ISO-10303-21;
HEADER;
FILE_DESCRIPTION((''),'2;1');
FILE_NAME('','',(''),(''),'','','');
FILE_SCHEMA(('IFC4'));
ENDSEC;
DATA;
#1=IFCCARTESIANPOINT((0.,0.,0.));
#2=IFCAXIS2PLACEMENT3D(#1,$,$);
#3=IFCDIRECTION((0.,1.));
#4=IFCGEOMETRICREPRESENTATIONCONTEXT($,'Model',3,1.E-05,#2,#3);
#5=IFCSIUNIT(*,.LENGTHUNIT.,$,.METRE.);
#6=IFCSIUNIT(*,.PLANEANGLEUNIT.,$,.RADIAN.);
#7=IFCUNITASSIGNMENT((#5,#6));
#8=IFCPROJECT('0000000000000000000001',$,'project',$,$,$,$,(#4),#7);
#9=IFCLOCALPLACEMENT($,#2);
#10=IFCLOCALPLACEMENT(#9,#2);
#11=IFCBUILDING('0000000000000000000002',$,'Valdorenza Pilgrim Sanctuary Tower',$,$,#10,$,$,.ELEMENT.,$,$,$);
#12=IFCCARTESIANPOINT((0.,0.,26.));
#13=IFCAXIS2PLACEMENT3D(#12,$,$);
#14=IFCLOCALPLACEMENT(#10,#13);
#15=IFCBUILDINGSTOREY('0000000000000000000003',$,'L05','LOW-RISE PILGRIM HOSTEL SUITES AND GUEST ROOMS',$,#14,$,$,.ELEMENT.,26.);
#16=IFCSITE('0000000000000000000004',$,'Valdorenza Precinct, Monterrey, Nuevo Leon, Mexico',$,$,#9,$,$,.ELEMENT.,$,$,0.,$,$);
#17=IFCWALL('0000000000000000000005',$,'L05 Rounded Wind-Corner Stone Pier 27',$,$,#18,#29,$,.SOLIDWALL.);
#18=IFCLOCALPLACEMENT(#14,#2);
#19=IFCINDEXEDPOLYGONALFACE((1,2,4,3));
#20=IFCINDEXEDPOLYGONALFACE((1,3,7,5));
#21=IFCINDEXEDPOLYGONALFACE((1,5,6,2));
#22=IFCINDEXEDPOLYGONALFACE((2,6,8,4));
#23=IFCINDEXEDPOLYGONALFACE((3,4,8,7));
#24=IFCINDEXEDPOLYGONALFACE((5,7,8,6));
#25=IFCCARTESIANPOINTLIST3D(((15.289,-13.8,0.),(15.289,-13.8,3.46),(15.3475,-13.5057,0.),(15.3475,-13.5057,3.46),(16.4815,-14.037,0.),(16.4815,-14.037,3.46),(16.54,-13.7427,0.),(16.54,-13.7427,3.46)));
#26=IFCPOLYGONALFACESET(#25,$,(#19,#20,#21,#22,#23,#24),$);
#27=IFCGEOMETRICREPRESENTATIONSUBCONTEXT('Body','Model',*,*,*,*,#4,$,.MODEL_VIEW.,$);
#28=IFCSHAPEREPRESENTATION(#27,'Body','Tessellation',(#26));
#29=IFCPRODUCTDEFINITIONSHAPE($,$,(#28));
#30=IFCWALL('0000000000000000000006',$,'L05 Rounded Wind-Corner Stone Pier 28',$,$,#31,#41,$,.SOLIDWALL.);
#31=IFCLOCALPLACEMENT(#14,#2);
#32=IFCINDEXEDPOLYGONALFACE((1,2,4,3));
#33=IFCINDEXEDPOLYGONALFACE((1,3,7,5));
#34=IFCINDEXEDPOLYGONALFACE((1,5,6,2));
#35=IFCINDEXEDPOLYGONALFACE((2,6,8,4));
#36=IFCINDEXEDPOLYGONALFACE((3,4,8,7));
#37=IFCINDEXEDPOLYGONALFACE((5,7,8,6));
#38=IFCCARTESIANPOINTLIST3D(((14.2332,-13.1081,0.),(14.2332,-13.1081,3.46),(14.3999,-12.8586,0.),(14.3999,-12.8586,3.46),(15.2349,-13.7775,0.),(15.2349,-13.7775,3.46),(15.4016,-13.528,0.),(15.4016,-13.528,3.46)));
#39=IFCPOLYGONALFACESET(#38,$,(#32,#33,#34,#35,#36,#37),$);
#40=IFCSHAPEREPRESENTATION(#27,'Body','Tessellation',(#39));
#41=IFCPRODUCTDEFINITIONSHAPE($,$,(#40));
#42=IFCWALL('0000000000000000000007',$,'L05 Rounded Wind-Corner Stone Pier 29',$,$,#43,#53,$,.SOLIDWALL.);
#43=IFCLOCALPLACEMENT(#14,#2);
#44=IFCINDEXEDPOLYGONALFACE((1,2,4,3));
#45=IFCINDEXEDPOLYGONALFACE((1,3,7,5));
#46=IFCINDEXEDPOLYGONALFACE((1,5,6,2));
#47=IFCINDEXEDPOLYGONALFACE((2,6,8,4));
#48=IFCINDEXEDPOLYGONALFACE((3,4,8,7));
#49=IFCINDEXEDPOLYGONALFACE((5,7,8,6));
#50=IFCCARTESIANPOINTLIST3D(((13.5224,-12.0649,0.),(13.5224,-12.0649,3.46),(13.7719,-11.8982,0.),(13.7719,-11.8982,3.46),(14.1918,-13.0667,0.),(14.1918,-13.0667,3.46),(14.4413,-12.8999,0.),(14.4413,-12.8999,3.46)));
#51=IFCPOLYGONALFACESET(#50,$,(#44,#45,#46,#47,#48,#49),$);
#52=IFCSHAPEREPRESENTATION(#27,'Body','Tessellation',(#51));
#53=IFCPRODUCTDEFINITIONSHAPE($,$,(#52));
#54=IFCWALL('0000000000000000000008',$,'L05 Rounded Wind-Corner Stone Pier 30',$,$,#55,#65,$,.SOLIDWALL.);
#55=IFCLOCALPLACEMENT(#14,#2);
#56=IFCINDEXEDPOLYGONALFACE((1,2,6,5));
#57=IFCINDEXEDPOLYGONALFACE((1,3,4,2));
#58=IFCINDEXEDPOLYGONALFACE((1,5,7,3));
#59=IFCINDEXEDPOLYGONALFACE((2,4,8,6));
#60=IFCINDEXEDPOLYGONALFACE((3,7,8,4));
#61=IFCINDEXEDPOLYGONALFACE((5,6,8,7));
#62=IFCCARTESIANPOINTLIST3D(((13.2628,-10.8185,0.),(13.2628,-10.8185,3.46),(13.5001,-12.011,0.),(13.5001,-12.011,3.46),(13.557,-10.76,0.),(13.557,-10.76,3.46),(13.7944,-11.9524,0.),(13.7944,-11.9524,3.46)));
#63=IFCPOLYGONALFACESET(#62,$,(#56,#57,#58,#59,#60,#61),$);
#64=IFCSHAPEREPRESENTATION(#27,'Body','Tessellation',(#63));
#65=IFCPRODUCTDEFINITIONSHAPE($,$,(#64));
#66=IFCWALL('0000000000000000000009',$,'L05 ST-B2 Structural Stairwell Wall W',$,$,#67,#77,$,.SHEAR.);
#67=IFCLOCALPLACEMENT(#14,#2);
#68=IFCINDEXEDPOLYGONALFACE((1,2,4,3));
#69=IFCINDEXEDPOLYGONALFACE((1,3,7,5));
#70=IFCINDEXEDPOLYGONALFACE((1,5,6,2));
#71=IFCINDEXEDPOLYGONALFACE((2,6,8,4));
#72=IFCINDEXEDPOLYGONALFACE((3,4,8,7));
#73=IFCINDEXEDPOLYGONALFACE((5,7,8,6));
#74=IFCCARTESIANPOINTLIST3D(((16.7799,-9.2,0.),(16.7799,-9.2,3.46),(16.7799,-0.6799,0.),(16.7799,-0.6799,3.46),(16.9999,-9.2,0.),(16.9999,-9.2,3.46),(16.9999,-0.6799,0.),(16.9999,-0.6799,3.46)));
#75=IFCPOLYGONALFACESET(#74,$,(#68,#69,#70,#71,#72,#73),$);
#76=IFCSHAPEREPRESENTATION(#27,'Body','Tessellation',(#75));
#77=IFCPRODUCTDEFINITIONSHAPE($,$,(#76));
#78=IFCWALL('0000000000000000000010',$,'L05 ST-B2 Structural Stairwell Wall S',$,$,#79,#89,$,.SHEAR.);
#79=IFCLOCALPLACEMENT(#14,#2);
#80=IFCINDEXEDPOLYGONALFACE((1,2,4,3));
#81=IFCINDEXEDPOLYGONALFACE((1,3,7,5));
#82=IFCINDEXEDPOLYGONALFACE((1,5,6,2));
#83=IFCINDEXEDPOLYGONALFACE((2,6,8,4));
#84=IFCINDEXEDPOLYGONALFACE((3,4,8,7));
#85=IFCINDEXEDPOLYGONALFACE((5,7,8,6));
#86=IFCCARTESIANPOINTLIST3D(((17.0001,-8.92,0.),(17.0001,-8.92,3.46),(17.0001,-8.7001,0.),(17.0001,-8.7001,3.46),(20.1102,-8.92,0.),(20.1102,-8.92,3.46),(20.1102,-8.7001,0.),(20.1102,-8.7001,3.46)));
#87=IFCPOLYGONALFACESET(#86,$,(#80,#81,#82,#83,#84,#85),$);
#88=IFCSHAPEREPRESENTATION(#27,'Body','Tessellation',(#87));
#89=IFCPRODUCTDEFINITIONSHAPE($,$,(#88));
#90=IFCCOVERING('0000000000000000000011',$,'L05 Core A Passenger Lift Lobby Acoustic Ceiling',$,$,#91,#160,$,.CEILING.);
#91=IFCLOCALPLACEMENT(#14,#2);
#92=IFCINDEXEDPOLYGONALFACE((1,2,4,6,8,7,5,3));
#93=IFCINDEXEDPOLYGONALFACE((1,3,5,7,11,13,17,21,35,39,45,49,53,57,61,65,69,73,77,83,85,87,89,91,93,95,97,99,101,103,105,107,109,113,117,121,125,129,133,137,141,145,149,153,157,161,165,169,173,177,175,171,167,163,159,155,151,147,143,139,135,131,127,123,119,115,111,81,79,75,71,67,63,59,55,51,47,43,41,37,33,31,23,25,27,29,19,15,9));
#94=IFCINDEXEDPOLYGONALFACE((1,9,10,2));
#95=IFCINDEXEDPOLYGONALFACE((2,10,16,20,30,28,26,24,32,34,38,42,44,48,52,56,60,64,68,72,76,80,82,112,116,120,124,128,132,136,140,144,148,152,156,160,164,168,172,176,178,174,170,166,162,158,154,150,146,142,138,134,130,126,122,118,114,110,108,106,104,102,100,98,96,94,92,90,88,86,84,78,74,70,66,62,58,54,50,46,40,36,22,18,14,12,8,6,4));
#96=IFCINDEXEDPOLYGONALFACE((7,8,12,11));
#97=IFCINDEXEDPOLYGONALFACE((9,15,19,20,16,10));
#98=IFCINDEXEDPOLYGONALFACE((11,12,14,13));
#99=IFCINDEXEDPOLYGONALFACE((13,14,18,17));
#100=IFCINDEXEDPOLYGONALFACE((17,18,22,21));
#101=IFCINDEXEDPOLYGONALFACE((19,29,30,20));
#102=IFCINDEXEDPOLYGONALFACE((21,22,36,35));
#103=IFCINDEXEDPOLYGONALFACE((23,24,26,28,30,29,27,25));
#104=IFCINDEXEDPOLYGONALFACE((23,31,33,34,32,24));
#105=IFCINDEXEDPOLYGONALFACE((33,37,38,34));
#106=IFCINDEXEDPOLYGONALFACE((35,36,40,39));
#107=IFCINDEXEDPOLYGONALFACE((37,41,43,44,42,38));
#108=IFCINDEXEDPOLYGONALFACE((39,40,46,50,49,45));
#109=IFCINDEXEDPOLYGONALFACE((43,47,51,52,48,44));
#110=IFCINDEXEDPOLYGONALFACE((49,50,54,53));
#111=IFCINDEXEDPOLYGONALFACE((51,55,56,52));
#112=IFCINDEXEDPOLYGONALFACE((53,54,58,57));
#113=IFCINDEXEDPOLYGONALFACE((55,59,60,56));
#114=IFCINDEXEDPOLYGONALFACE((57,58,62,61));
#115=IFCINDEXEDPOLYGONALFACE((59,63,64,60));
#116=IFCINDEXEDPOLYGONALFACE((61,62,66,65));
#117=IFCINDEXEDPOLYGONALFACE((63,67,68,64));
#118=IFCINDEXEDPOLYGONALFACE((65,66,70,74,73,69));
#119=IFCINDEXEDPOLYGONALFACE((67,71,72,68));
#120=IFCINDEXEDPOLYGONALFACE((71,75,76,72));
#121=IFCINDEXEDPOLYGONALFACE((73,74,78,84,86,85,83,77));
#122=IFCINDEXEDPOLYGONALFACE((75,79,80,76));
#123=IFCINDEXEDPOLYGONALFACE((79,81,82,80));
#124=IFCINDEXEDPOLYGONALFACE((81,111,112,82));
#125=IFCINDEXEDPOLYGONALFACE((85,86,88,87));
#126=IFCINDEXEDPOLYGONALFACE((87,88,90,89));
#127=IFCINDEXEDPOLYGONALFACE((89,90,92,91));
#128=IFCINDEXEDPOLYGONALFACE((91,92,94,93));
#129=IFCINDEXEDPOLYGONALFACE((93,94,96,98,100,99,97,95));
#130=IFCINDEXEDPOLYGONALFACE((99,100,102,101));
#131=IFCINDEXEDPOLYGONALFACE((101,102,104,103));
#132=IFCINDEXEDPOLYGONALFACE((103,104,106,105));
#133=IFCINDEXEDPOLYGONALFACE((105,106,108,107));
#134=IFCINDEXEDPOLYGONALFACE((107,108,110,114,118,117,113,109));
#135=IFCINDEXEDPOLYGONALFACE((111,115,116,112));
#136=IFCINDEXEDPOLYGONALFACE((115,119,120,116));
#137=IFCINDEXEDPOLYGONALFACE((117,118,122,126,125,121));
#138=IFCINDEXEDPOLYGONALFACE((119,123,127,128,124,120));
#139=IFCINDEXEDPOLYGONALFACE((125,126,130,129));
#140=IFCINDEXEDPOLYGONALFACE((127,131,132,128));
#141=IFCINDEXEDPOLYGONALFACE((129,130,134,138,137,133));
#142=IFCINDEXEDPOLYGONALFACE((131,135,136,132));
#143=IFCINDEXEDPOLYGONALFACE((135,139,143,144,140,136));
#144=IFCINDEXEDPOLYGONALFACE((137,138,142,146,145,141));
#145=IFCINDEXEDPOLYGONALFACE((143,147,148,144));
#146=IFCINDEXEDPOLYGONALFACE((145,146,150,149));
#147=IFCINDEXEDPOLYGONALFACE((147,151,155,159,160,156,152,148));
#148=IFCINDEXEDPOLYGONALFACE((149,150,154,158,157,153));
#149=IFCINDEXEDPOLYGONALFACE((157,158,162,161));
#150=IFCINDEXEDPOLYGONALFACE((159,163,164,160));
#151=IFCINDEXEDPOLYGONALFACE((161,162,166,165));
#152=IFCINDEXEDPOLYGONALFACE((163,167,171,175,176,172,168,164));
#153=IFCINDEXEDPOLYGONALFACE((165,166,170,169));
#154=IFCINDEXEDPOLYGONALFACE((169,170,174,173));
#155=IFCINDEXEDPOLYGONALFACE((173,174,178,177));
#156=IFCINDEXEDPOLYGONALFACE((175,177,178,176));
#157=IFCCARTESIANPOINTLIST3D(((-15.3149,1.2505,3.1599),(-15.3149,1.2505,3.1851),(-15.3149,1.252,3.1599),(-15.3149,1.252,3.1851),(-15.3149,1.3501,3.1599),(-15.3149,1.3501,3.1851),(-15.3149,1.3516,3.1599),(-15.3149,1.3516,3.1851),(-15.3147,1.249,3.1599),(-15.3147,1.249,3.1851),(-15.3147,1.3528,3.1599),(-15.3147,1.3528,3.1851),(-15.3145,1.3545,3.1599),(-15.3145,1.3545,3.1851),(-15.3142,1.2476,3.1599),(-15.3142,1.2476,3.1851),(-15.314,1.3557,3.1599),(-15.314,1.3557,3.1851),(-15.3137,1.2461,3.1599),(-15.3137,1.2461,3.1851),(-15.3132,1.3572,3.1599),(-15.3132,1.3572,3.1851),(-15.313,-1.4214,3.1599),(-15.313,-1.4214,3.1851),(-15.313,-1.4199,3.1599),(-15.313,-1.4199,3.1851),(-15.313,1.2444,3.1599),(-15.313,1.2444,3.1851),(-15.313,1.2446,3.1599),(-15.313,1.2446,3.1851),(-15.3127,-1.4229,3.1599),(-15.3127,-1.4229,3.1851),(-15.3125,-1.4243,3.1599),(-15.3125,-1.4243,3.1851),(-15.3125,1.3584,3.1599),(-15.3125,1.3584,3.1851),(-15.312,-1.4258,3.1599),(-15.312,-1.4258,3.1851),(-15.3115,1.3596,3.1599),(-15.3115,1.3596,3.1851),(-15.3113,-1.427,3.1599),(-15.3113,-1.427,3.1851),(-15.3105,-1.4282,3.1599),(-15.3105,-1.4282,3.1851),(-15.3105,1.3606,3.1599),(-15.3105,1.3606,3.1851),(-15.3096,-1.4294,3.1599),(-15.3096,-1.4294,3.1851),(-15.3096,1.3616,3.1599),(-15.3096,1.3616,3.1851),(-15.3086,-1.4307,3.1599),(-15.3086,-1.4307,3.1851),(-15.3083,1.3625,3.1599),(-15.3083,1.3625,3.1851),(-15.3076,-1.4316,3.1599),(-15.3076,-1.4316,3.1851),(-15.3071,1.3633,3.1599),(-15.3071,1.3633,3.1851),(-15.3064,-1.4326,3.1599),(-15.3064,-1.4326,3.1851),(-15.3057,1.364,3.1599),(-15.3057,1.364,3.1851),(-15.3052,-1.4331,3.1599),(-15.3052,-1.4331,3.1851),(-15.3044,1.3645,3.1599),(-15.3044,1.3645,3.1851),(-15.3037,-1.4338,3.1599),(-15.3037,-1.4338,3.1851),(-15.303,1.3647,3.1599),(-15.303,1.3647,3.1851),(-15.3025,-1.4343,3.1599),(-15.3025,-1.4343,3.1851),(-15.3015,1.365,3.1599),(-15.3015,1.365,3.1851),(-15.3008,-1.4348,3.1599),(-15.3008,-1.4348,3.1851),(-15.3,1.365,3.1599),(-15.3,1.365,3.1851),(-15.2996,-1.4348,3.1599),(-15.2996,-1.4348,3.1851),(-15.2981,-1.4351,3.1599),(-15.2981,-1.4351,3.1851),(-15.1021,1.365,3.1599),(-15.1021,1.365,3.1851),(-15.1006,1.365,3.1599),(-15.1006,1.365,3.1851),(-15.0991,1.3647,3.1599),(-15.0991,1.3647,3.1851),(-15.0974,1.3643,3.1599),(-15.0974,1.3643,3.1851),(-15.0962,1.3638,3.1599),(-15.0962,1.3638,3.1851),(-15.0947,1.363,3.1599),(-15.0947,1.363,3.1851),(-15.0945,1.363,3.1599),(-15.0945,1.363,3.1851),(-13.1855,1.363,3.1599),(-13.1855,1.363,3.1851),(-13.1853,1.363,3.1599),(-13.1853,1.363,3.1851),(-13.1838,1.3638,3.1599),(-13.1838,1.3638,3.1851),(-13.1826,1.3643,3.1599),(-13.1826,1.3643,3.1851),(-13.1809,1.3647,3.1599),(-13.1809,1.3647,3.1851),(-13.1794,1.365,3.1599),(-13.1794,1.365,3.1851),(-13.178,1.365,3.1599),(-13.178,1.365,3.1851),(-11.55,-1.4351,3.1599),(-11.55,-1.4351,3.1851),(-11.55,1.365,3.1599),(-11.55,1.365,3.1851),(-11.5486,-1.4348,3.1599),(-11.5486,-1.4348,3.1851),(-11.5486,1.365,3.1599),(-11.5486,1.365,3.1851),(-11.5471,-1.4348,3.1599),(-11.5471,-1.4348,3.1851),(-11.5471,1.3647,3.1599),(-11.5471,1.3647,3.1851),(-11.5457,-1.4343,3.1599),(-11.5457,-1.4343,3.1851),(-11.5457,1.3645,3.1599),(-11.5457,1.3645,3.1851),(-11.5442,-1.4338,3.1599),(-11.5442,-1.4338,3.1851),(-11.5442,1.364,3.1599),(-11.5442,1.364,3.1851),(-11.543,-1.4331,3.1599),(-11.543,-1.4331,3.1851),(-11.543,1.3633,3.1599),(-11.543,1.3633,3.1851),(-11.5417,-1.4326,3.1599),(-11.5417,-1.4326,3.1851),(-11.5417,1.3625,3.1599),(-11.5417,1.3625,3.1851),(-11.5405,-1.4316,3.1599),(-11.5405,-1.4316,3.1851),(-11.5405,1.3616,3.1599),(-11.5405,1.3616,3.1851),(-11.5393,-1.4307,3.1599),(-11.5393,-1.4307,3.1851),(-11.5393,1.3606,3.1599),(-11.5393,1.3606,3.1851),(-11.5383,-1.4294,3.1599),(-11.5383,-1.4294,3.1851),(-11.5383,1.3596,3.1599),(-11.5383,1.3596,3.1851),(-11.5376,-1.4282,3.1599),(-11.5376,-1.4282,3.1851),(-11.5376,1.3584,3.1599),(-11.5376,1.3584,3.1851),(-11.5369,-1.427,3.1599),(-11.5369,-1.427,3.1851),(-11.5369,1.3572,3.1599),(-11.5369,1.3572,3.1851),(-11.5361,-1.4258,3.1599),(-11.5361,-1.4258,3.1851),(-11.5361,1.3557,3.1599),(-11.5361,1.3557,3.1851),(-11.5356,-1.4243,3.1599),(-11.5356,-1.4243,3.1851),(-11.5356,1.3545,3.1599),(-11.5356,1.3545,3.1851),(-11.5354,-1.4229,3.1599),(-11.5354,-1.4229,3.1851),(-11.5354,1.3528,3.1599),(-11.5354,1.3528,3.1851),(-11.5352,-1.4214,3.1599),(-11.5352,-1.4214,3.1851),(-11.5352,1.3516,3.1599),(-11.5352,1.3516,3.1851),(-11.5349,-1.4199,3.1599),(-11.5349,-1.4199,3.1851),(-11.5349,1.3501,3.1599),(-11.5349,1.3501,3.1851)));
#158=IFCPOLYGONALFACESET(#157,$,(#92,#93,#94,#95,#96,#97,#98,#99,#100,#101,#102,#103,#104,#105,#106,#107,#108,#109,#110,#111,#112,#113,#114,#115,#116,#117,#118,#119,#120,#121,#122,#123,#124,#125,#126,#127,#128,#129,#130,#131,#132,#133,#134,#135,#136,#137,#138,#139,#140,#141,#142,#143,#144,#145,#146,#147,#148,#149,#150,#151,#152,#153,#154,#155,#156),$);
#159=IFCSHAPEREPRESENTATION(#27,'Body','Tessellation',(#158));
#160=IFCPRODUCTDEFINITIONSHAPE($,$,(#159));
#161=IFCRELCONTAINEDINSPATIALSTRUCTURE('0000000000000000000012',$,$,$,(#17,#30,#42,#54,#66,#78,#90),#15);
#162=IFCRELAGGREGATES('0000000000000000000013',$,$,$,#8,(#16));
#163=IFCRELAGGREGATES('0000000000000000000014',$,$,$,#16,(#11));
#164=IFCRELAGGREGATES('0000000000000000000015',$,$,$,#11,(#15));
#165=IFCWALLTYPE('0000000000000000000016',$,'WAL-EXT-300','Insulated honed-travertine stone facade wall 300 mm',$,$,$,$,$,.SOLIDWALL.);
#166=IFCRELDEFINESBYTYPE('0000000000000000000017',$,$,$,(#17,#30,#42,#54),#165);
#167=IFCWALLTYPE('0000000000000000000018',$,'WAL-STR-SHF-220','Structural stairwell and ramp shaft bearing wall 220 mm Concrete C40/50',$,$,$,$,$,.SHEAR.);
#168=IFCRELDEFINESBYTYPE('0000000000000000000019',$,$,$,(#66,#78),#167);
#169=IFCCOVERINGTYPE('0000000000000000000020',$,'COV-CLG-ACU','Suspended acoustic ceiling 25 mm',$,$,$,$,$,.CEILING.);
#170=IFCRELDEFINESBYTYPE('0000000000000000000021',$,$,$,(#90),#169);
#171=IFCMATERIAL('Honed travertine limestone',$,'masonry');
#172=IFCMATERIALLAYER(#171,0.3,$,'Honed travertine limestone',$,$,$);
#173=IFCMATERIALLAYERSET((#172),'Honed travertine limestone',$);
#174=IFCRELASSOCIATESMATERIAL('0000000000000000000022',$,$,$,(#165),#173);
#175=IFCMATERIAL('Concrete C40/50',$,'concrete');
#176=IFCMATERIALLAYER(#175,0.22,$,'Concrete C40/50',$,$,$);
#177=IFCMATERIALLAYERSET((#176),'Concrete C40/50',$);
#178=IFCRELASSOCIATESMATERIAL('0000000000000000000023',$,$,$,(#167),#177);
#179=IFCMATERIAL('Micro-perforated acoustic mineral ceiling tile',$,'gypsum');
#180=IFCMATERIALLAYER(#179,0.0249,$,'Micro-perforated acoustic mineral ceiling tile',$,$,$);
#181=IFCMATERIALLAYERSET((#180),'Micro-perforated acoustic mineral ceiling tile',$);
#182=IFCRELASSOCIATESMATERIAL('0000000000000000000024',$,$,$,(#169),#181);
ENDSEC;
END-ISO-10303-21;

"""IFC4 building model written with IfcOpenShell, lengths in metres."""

from ifc_helpers import new_model, si_unit, direction, frame, frame_2d, origin, place, context, subcontext, project, spatial, polyline, rectangle, outline, extrude, material, layer, layer_set, type_object, element, save


model = new_model("IFC4")

# Units and contexts
model_context = context("Model", 3, precision=1e-05, world=origin(), true_north=direction((0.0, 1.0)))
body_context = subcontext(model_context, "Body", "Model", "MODEL_VIEW")
ifc_project = project(units=[si_unit("LENGTHUNIT", "METRE"), si_unit("PLANEANGLEUNIT", "RADIAN")], contexts=[model_context])

# Site, building, storey
site_placement = place(None, origin())
site = spatial("IfcSite", under=ifc_project, at=site_placement, Name="Valdorenza Precinct, Monterrey, Nuevo Leon, Mexico", CompositionType="ELEMENT", RefElevation=0.0)
building_placement = place(site_placement, origin())
building = spatial("IfcBuilding", under=site, at=building_placement, Name="Valdorenza Pilgrim Sanctuary Tower", CompositionType="ELEMENT")
storey_placement = place(building_placement, frame((0.0, 0.0, 26.0)))
storey = spatial("IfcBuildingStorey", under=building, at=storey_placement, Name="L05", Description="LOW-RISE PILGRIM HOSTEL SUITES AND GUEST ROOMS", CompositionType="ELEMENT", Elevation=26.0)

# Shared definitions
ifc_material_1 = material(Name="Concrete C40/50", Category="concrete")

# Shared definitions
ifc_material_2 = material(Name="Honed travertine limestone", Category="masonry")

# Walls
ifc_layer_1 = layer(ifc_material_2, 0.3, Name="Honed travertine limestone")
ifc_layer_set_1 = layer_set([ifc_layer_1], Name="Honed travertine limestone")
wall_type_1 = type_object("IfcWallType", Name="WAL-EXT-300", Description="Insulated honed-travertine stone facade wall 300 mm", PredefinedType="SOLIDWALL", material=ifc_layer_set_1)
wall_1_placement = place(storey_placement, frame((16.5107, -13.8899, 0.0), z_axis=(0.0, 0.0, 1.0), x_axis=(-0.980804, 0.194996, 0.0)))
element("IfcWall", 1, at=wall_1_placement, inside=storey, type_object=wall_type_1, Name="L05 Rounded Wind-Corner Stone Pier 27", PredefinedType="SOLIDWALL", context=body_context, shape_type="SweptSolid", body=[
    extrude(rectangle(XDim=1.2158, YDim=0.3, at=frame_2d((0.6079, 0.0))), origin(), (0.0, 0.0, 1.0), 3.46),
])
for number, where, z_axis, x_axis, name in (
    (2, (15.3184, -13.6528, 0.0), (0.0, 0.0, 1.0), (-0.831426, 0.555635, 0.0), "L05 Rounded Wind-Corner Stone Pier 28"),
    (3, (14.3167, -12.9834, 0.0), (0.0, 0.0, 1.0), (-0.555635, 0.831426, 0.0), "L05 Rounded Wind-Corner Stone Pier 29"),
):
    element("IfcWall", number, at=place(storey_placement, frame(where, z_axis=z_axis, x_axis=x_axis)), inside=storey, type_object=wall_type_1, Name=name, PredefinedType="SOLIDWALL", context=body_context, shape_type="SweptSolid", body=[
        extrude(rectangle(XDim=1.2048, YDim=0.3, at=frame_2d((0.6025, 0.0))), origin(), (0.0, 0.0, 1.0), 3.46),
    ])
wall_2_placement = place(storey_placement, frame((13.6472, -11.9817, 0.0), z_axis=(0.0, 0.0, 1.0), x_axis=(-0.195189, 0.980766, 0.0)))
element("IfcWall", 4, at=wall_2_placement, inside=storey, type_object=wall_type_1, Name="L05 Rounded Wind-Corner Stone Pier 30", PredefinedType="SOLIDWALL", context=body_context, shape_type="SweptSolid", body=[
    extrude(rectangle(XDim=1.2158, YDim=0.3, at=frame_2d((0.6079, 0.0))), origin(), (0.0, 0.0, 1.0), 3.46),
])
ifc_layer_2 = layer(ifc_material_1, 0.22, Name="Concrete C40/50")
ifc_layer_set_2 = layer_set([ifc_layer_2], Name="Concrete C40/50")
wall_type_2 = type_object("IfcWallType", Name="WAL-STR-SHF-220", Description="Structural stairwell and ramp shaft bearing wall 220 mm Concrete C40/50", PredefinedType="SHEAR", material=ifc_layer_set_2)
wall_3_placement = place(storey_placement, frame((16.8899, -9.2, 0.0), z_axis=(0.0, 0.0, 1.0), x_axis=(0.0, 1.0, 0.0)))
element("IfcWall", 5, at=wall_3_placement, inside=storey, type_object=wall_type_2, Name="L05 ST-B2 Structural Stairwell Wall W", PredefinedType="SHEAR", context=body_context, shape_type="SweptSolid", body=[
    extrude(rectangle(XDim=8.52, YDim=0.22, at=frame_2d((4.26, 0.0))), origin(), (0.0, 0.0, 1.0), 3.46),
])
wall_4_placement = place(storey_placement, frame((17.0, -8.8101, 0.0), z_axis=(0.0, 0.0, 1.0), x_axis=(1.0, 0.0, 0.0)))
element("IfcWall", 6, at=wall_4_placement, inside=storey, type_object=wall_type_2, Name="L05 ST-B2 Structural Stairwell Wall S", PredefinedType="SHEAR", context=body_context, shape_type="SweptSolid", body=[
    extrude(rectangle(XDim=3.1101, YDim=0.22, at=frame_2d((1.5552, 0.0))), origin(), (0.0, 0.0, 1.0), 3.46),
])

# Covering
ifc_material_3 = material(Name="Micro-perforated acoustic mineral ceiling tile", Category="gypsum")
ifc_layer_3 = layer(ifc_material_3, 0.0249, Name="Micro-perforated acoustic mineral ceiling tile")
ifc_layer_set_3 = layer_set([ifc_layer_3], Name="Micro-perforated acoustic mineral ceiling tile")
covering_type_1 = type_object("IfcCoveringType", Name="COV-CLG-ACU", Description="Suspended acoustic ceiling 25 mm", PredefinedType="CEILING", material=ifc_layer_set_3)
covering_1_placement = place(storey_placement, frame((0.0, 0.0, 3.1599)))
element("IfcCovering", 7, at=covering_1_placement, inside=storey, type_object=covering_type_1, Name="L05 Core A Passenger Lift Lobby Acoustic Ceiling", PredefinedType="CEILING", context=body_context, shape_type="SweptSolid", body=[
    extrude(outline(polyline([(-15.313, 1.2444), (-15.313, 1.2446), (-15.3137, 1.2461), (-15.3142, 1.2476), (-15.3147, 1.249), (-15.3149, 1.2505), (-15.3149, 1.252), (-15.3149, 1.3501), (-15.3149, 1.3516), (-15.3147, 1.3528), (-15.3145, 1.3545), (-15.314, 1.3557), (-15.3132, 1.3572), (-15.3125, 1.3584), (-15.3115, 1.3596), (-15.3105, 1.3606), (-15.3096, 1.3616), (-15.3083, 1.3625), (-15.3071, 1.3633), (-15.3057, 1.364), (-15.3044, 1.3645), (-15.303, 1.3647), (-15.3015, 1.365), (-15.3, 1.365), (-15.1021, 1.365), (-15.1006, 1.365), (-15.0991, 1.3647), (-15.0974, 1.3643), (-15.0962, 1.3638), (-15.0947, 1.363), (-15.0945, 1.363), (-13.1855, 1.363), (-13.1853, 1.363), (-13.1838, 1.3638), (-13.1826, 1.3643), (-13.1809, 1.3647), (-13.1794, 1.365), (-13.178, 1.365), (-11.55, 1.365), (-11.5486, 1.365), (-11.5471, 1.3647), (-11.5457, 1.3645), (-11.5442, 1.364), (-11.543, 1.3633), (-11.5417, 1.3625), (-11.5405, 1.3616), (-11.5393, 1.3606), (-11.5383, 1.3596), (-11.5376, 1.3584), (-11.5369, 1.3572), (-11.5361, 1.3557), (-11.5356, 1.3545), (-11.5354, 1.3528), (-11.5352, 1.3516), (-11.5349, 1.3501), (-11.5349, -1.4199), (-11.5352, -1.4214), (-11.5354, -1.4229), (-11.5356, -1.4243), (-11.5361, -1.4258), (-11.5369, -1.427), (-11.5376, -1.4282), (-11.5383, -1.4294), (-11.5393, -1.4307), (-11.5405, -1.4316), (-11.5417, -1.4326), (-11.543, -1.4331), (-11.5442, -1.4338), (-11.5457, -1.4343), (-11.5471, -1.4348), (-11.5486, -1.4348), (-11.55, -1.4351), (-15.2981, -1.4351), (-15.2996, -1.4348), (-15.3008, -1.4348), (-15.3025, -1.4343), (-15.3037, -1.4338), (-15.3052, -1.4331), (-15.3064, -1.4326), (-15.3076, -1.4316), (-15.3086, -1.4307), (-15.3096, -1.4294), (-15.3105, -1.4282), (-15.3113, -1.427), (-15.312, -1.4258), (-15.3125, -1.4243), (-15.3127, -1.4229), (-15.313, -1.4214), (-15.313, -1.4199), (-15.313, 1.2444)])), origin(), (0.0, 0.0, 1.0), 0.0251),
])

save(model, "model.ifc")
